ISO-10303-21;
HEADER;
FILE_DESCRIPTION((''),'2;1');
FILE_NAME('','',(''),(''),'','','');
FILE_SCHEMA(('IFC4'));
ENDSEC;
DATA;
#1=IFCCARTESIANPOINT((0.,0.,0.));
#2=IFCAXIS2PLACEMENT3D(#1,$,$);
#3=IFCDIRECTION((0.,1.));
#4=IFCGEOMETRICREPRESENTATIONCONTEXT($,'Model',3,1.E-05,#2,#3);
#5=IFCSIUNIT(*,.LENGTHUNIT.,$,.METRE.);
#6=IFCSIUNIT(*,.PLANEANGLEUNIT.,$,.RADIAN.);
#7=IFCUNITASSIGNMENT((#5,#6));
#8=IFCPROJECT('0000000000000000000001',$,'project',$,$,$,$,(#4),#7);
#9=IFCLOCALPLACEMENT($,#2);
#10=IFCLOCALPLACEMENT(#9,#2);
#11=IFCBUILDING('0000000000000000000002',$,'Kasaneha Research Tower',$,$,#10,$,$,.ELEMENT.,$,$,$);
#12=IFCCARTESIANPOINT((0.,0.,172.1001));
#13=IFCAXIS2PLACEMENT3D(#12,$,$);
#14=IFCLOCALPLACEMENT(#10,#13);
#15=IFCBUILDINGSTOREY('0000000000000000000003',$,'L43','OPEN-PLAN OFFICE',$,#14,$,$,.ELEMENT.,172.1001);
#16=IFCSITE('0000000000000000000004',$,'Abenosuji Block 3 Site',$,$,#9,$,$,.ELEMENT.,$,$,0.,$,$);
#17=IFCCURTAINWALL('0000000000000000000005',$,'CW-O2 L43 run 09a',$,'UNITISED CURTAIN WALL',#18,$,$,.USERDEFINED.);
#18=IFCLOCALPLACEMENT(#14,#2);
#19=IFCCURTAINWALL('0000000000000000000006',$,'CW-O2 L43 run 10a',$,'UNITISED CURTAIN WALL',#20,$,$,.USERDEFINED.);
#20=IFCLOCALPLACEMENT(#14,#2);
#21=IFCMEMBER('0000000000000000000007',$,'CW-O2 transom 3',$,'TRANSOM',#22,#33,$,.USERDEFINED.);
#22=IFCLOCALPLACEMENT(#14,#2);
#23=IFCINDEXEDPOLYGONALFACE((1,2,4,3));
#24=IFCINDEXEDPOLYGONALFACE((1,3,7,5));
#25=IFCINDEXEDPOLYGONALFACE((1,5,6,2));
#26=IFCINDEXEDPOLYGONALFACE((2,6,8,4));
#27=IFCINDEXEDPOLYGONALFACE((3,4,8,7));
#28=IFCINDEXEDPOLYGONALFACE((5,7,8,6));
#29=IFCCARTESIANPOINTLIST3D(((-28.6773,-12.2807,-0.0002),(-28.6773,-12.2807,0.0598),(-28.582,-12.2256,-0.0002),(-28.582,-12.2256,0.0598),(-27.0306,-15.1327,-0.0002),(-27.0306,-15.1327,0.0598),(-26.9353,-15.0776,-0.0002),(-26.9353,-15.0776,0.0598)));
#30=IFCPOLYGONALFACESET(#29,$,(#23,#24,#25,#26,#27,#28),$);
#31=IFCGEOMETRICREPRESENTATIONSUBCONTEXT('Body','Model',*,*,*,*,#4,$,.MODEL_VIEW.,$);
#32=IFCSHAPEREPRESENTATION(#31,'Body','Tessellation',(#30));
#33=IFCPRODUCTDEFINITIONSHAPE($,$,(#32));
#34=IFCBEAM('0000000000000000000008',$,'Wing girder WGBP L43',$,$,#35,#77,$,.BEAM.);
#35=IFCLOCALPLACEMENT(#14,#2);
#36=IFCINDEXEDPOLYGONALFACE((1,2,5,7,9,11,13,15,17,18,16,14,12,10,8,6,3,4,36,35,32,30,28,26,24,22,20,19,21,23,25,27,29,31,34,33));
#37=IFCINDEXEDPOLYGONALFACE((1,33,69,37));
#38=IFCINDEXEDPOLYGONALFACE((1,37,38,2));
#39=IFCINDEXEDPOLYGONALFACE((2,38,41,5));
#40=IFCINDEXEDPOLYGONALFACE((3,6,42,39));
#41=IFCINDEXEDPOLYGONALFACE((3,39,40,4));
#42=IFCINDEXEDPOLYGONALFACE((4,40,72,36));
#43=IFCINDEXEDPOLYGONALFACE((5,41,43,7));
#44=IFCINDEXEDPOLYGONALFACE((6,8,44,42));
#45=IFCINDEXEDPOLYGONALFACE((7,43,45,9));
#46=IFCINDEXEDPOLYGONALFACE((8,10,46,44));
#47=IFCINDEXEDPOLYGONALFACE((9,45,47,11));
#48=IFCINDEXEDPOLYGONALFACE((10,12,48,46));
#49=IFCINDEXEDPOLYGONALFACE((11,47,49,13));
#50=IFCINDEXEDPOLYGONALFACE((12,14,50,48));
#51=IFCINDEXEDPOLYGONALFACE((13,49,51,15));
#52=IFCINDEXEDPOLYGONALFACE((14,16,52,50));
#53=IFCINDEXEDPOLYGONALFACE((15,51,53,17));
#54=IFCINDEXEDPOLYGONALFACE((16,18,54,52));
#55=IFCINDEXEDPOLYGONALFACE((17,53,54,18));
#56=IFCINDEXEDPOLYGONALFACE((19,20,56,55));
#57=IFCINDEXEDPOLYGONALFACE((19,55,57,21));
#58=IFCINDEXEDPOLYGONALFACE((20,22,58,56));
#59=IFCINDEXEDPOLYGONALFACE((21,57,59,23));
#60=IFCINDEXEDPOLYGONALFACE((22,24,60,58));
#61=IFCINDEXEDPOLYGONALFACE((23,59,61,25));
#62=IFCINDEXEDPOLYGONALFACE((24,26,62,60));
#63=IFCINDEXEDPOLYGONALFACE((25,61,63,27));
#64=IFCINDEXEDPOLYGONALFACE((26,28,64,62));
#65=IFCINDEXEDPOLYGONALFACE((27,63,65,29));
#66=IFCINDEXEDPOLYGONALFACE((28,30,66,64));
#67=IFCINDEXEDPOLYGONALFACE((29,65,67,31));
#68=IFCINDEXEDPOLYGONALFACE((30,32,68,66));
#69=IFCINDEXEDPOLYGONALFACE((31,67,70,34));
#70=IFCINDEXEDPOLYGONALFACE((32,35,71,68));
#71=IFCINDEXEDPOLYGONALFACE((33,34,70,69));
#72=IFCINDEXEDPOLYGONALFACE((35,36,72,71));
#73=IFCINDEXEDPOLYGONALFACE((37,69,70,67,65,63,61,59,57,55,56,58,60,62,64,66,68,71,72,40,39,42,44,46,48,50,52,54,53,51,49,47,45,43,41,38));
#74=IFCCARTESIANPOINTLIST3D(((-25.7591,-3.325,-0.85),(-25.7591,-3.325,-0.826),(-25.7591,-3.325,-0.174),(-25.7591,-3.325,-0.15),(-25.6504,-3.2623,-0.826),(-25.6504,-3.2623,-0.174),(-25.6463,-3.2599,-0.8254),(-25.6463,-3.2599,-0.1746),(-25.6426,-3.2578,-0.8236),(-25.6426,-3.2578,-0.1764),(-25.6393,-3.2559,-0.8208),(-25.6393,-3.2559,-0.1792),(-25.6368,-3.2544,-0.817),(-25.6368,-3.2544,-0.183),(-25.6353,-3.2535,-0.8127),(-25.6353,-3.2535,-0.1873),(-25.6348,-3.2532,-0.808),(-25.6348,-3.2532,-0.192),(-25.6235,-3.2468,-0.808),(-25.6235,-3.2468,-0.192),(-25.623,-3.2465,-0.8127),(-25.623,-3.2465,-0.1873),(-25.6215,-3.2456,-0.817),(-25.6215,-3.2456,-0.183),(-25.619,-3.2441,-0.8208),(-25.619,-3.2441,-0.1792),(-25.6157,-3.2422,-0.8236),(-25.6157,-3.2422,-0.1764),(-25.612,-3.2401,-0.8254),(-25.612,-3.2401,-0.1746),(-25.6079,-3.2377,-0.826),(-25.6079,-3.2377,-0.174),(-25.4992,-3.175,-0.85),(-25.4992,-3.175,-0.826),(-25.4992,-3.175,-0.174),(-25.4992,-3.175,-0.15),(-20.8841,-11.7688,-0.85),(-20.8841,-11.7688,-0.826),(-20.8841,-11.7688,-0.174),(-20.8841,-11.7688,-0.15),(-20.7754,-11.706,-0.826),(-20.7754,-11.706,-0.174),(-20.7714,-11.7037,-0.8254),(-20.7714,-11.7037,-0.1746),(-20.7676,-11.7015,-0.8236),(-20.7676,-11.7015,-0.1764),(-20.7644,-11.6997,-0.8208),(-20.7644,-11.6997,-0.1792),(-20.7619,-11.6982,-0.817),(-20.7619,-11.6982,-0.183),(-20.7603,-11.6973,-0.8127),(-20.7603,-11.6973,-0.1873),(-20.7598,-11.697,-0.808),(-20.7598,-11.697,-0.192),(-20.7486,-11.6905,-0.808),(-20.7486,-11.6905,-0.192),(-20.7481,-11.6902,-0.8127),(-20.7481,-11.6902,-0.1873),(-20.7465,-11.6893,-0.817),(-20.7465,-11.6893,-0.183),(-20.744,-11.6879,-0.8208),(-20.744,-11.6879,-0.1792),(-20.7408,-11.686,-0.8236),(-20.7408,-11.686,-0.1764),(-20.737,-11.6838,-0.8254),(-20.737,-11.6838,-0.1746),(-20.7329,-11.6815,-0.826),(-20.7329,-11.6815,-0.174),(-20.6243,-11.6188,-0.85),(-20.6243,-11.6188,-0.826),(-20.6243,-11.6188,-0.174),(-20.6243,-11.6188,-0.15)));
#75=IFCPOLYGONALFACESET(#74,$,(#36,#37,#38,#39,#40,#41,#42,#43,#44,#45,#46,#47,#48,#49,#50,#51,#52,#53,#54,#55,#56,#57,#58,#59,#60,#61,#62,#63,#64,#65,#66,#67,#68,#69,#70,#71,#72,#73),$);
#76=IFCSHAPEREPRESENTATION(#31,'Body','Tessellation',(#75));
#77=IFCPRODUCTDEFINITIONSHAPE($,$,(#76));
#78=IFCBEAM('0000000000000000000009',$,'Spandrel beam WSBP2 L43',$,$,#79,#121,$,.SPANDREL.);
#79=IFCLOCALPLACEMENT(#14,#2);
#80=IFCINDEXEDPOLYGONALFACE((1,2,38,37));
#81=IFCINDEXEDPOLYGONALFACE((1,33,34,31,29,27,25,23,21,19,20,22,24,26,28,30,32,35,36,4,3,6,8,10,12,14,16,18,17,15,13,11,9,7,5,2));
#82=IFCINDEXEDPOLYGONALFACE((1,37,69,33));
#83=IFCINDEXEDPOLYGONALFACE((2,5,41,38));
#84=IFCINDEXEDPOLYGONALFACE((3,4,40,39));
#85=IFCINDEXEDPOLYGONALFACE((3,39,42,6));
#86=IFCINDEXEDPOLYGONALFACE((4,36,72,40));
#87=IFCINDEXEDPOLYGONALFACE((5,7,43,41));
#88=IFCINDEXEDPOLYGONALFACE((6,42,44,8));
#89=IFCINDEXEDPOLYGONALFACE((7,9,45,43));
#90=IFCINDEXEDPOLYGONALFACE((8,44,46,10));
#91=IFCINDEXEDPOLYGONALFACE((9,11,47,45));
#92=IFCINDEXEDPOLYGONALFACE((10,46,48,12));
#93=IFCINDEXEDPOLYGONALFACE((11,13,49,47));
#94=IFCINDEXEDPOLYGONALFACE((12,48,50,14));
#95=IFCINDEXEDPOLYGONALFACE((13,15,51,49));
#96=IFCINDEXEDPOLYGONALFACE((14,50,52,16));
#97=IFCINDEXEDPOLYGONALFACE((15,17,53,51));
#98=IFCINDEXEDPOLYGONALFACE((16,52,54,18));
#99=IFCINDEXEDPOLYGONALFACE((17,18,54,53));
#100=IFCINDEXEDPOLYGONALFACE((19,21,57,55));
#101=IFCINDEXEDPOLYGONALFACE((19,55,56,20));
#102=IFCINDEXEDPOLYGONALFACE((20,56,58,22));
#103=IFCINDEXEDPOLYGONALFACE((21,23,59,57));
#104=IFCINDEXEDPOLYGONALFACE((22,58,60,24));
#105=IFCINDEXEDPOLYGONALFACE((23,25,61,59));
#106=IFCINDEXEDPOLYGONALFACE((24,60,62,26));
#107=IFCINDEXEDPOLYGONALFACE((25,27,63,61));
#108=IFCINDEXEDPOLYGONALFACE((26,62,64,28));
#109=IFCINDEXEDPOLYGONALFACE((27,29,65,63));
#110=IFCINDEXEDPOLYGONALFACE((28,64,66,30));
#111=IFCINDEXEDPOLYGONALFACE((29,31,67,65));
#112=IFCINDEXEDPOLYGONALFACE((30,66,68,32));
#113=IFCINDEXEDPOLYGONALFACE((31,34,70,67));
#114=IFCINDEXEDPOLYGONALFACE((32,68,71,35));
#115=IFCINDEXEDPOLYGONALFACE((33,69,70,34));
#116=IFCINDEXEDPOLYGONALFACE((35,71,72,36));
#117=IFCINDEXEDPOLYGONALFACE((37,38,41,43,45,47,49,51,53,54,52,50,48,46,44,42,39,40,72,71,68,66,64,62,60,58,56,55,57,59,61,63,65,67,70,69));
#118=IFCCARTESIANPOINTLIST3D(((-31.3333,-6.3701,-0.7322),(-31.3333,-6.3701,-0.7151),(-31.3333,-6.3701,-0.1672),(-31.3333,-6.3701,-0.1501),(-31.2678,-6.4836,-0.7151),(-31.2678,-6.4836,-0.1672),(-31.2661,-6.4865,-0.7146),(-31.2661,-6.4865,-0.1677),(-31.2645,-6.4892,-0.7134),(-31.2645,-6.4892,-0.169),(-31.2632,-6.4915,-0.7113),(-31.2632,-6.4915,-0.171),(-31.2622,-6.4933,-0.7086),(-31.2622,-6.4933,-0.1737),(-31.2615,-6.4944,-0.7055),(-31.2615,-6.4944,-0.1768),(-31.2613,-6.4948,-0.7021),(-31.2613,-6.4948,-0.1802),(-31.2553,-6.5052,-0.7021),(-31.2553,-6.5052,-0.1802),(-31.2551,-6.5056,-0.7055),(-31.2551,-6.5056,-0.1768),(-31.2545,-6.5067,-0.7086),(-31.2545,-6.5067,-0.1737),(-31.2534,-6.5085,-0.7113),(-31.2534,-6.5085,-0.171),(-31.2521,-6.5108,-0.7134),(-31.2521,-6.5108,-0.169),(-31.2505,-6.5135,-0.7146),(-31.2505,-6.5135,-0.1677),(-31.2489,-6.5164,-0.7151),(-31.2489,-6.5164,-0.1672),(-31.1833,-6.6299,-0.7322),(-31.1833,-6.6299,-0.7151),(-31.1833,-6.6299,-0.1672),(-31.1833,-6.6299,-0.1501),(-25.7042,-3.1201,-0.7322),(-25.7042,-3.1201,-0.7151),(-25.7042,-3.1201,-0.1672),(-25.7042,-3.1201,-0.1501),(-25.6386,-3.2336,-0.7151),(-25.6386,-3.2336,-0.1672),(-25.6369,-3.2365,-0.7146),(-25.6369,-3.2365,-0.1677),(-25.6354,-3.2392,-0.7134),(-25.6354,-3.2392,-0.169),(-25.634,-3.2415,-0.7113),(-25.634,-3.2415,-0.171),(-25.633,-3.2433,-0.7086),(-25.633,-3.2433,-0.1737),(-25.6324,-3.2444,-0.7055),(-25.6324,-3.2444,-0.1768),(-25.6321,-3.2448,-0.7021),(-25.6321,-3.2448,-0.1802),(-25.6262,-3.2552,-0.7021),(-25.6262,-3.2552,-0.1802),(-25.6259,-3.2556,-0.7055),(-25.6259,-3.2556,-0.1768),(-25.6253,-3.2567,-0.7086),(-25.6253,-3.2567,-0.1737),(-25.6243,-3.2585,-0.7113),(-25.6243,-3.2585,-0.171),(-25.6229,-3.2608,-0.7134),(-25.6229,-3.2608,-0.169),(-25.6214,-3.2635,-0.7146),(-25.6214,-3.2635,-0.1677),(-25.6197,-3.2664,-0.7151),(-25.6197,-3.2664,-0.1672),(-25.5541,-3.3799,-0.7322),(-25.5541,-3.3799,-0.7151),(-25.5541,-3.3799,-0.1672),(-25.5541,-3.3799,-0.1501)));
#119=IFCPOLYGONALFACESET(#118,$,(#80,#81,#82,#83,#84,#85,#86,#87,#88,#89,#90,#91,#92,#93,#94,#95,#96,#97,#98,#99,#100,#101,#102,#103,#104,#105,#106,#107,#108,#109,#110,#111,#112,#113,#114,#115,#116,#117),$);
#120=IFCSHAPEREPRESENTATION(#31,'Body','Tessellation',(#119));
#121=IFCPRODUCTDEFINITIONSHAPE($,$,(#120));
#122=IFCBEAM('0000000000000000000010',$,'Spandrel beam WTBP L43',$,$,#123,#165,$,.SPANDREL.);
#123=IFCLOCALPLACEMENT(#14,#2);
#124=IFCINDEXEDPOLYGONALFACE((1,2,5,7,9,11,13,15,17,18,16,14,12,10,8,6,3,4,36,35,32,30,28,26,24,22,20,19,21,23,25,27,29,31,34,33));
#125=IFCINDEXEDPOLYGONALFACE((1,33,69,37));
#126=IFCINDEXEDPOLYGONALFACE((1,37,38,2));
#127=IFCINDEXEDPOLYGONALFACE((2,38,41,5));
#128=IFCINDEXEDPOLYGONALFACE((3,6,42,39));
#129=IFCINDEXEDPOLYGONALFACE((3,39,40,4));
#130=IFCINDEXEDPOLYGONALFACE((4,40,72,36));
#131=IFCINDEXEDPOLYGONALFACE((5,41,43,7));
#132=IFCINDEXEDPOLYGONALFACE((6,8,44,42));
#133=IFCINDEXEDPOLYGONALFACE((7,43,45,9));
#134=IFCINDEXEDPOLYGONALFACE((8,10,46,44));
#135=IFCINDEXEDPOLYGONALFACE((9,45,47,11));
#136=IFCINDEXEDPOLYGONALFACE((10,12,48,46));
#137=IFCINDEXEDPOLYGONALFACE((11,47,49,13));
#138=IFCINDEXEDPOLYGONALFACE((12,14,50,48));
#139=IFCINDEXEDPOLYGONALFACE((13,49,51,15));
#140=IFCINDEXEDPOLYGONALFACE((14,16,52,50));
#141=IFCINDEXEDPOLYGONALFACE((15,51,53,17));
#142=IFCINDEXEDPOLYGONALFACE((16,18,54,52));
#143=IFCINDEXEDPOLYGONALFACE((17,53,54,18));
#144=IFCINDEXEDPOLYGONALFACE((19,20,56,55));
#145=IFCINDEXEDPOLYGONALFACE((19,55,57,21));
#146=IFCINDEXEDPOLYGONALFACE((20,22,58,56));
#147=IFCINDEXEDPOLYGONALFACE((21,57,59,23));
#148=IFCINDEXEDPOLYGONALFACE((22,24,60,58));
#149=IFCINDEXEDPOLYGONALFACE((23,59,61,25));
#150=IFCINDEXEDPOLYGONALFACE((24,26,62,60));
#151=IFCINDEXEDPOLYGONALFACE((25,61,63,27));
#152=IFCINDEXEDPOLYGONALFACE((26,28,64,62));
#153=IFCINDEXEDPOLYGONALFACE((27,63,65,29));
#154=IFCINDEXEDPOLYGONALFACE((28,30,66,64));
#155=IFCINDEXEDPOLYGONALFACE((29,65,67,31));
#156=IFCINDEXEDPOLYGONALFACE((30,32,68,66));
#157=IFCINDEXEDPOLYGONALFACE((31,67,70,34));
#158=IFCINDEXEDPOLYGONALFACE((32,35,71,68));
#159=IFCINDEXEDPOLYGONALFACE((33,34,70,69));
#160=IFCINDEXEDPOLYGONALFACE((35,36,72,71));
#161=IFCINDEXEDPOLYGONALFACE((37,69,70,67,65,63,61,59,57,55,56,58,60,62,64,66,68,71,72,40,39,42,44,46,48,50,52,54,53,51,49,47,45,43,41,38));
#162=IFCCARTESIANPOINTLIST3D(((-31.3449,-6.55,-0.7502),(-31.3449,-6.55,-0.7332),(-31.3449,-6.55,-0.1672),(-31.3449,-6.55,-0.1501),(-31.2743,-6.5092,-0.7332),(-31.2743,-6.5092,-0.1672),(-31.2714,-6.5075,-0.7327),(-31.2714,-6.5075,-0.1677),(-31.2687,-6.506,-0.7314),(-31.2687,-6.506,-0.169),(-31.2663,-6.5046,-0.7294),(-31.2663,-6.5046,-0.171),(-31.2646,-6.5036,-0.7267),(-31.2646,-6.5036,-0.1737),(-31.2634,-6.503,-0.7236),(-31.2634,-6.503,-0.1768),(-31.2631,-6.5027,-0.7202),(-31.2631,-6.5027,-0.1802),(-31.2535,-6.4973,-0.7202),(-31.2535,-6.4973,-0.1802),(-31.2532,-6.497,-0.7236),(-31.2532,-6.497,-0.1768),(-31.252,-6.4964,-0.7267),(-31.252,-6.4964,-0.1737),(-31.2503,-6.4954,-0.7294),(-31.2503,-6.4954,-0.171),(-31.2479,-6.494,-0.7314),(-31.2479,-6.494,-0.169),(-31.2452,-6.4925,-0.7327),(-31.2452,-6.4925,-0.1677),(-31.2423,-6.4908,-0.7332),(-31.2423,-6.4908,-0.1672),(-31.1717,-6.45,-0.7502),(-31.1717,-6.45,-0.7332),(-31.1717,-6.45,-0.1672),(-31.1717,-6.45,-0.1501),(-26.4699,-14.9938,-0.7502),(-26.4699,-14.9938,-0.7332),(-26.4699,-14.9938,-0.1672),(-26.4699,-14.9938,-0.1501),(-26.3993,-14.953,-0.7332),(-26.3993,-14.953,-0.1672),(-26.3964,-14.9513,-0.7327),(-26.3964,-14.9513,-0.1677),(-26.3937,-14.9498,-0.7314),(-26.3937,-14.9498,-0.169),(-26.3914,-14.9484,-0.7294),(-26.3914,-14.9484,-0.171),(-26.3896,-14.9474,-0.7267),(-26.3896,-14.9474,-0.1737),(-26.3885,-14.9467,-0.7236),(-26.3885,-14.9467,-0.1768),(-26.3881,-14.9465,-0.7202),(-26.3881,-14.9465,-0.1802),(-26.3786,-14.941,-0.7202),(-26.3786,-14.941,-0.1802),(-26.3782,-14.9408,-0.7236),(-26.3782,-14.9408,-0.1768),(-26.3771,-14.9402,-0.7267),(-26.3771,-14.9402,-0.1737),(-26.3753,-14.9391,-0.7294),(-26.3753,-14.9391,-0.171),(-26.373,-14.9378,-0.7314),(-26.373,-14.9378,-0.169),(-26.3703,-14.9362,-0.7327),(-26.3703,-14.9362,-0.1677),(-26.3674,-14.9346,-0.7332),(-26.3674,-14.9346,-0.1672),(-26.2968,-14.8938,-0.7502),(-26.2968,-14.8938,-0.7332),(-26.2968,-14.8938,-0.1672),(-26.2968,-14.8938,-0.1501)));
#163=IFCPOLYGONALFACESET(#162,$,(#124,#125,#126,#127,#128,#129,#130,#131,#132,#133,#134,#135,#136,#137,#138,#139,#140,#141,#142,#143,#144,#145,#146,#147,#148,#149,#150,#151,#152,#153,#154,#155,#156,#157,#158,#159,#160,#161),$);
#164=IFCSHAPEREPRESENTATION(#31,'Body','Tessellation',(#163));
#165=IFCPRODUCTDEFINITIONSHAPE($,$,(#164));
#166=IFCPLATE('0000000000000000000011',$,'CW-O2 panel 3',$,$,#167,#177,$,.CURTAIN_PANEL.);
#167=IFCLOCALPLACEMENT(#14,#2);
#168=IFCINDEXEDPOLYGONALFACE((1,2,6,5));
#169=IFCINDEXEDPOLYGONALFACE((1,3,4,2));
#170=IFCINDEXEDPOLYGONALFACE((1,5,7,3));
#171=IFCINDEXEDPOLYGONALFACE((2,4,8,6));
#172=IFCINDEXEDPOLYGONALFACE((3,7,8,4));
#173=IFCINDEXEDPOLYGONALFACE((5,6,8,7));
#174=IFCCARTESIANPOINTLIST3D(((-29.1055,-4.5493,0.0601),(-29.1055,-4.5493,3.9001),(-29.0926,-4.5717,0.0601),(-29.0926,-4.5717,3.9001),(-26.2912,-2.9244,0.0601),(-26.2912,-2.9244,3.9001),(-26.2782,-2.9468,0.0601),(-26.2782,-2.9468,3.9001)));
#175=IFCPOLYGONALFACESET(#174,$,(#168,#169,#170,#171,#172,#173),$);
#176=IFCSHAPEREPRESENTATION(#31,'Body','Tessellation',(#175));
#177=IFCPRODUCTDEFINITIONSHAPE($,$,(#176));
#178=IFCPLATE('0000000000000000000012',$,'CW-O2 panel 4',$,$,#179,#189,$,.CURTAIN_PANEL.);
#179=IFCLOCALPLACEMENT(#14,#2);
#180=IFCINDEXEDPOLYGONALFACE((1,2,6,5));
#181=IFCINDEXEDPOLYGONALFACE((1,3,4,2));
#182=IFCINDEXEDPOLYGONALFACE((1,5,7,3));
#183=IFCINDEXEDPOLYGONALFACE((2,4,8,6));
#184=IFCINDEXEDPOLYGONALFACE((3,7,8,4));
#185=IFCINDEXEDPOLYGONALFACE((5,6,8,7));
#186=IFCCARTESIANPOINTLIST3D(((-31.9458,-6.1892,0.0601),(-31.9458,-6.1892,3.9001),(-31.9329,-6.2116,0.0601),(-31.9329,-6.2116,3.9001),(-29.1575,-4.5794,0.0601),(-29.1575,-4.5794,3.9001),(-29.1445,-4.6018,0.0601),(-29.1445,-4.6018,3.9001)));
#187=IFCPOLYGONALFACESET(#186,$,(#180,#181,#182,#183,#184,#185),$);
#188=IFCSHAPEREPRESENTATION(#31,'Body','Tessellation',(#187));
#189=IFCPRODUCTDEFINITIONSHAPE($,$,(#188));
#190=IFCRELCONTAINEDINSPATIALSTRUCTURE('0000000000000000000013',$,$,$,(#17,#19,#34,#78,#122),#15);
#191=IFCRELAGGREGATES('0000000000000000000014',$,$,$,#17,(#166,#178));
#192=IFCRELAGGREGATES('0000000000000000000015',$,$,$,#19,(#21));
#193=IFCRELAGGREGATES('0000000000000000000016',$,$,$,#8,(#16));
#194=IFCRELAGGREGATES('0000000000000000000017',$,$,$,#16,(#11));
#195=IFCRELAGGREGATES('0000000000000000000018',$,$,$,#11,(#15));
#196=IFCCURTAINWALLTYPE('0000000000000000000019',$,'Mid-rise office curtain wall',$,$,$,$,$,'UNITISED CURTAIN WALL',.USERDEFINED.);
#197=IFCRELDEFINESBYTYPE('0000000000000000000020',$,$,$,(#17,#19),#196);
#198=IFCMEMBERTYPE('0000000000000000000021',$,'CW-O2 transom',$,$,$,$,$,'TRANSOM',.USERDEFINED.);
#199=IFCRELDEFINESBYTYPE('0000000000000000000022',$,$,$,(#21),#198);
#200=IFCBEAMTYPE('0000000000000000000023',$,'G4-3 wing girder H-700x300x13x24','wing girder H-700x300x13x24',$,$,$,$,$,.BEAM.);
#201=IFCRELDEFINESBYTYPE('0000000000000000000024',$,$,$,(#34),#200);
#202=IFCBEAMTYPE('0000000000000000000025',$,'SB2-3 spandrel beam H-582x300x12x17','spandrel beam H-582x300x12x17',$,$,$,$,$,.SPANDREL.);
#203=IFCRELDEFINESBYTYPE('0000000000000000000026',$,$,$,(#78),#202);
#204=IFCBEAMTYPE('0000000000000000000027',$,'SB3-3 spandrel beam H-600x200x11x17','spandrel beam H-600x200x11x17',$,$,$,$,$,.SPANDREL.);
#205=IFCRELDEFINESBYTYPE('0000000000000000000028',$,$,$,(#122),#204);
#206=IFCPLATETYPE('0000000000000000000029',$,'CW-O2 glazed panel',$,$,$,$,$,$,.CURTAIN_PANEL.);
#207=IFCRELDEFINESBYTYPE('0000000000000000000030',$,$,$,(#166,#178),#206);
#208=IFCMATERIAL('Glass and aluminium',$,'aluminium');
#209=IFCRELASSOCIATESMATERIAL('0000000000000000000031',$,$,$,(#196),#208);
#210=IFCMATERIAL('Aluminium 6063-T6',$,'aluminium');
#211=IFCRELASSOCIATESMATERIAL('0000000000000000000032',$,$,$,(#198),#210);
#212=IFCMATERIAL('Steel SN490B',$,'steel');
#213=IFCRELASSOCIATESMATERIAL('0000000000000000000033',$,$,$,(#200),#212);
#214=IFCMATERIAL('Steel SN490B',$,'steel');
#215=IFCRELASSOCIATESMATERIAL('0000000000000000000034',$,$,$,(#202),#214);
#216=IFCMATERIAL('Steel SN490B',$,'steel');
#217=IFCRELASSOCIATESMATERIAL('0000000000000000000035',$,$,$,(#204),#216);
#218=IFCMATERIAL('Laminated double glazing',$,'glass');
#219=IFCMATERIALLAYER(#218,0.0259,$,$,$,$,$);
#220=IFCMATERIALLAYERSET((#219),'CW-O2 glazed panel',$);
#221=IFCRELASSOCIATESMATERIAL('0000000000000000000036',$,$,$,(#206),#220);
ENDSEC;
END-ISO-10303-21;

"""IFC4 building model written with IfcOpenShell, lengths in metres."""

from ifc_helpers import new_model, si_unit, direction, frame, origin, origin_2d, place, context, subcontext, project, spatial, rectangle, i_section, extrude, material, layer, layer_set, material_profile, profile_set, type_object, element, aggregate, save


model = new_model("IFC4")

# Units and contexts
model_context = context("Model", 3, precision=1e-05, world=origin(), true_north=direction((0.0, 1.0)))
body_context = subcontext(model_context, "Body", "Model", "MODEL_VIEW")
ifc_project = project(units=[si_unit("LENGTHUNIT", "METRE"), si_unit("PLANEANGLEUNIT", "RADIAN")], contexts=[model_context])

# Site, building, storey
site_placement = place(None, origin())
site = spatial("IfcSite", under=ifc_project, at=site_placement, Name="Abenosuji Block 3 Site", CompositionType="ELEMENT", RefElevation=0.0)
building_placement = place(site_placement, origin())
building = spatial("IfcBuilding", under=site, at=building_placement, Name="Kasaneha Research Tower", CompositionType="ELEMENT")
storey_placement = place(building_placement, frame((0.0, 0.0, 172.1001)))
storey = spatial("IfcBuildingStorey", under=building, at=storey_placement, Name="L43", Description="OPEN-PLAN OFFICE", CompositionType="ELEMENT", Elevation=172.1001)

# Curtain walls
ifc_material_1 = material(Name="Glass and aluminium", Category="aluminium")
curtain_wall_type = type_object("IfcCurtainWallType", Name="Mid-rise office curtain wall", ElementType="UNITISED CURTAIN WALL", PredefinedType="USERDEFINED", material=ifc_material_1)
curtain_wall_1_placement = place(storey_placement, origin())
curtain_wall_1 = element("IfcCurtainWall", 1, at=curtain_wall_1_placement, inside=storey, type_object=curtain_wall_type, Name="CW-O2 L43 run 09a", ObjectType="UNITISED CURTAIN WALL", PredefinedType="USERDEFINED")
curtain_wall_2_placement = place(storey_placement, origin())
curtain_wall_2 = element("IfcCurtainWall", 2, at=curtain_wall_2_placement, inside=storey, type_object=curtain_wall_type, Name="CW-O2 L43 run 10a", ObjectType="UNITISED CURTAIN WALL", PredefinedType="USERDEFINED")

# Member
ifc_material_2 = material(Name="Aluminium 6063-T6", Category="aluminium")
ifc_material_profile_1 = material_profile(ifc_material_2, rectangle(XDim=0.1101, YDim=0.0601, at=origin_2d()), Name="CW-O2 transom 110x60")
ifc_profile_set_1 = profile_set([ifc_material_profile_1], Name="Aluminium 6063-T6")
member_type_1 = type_object("IfcMemberType", Name="CW-O2 transom", ElementType="TRANSOM", PredefinedType="USERDEFINED", material=ifc_profile_set_1)
member_1_placement = place(storey_placement, frame((-28.6296, -12.2532, 0.0298), z_axis=(0.500022, -0.866013, 0.0), x_axis=(0.866013, 0.500022, 0.0)))
member_1 = element("IfcMember", 3, at=member_1_placement, type_object=member_type_1, Name="CW-O2 transom 3", ObjectType="TRANSOM", PredefinedType="USERDEFINED", context=body_context, shape_type="SweptSolid", body=[
    extrude(rectangle(XDim=0.1101, YDim=0.0601, at=origin_2d()), origin(), (0.0, 0.0, 1.0), 3.2932),
])

# Beams
ifc_material_3 = material(Name="Steel SN490B", Category="steel")
ifc_material_profile_2 = material_profile(ifc_material_3, i_section(OverallWidth=0.3, OverallDepth=0.7, WebThickness=0.0129, FlangeThickness=0.0239, FilletRadius=0.0181, at=origin_2d()), Name="H-700x300x13x24")
ifc_profile_set_2 = profile_set([ifc_material_profile_2], Name="Steel SN490B")
beam_type_1 = type_object("IfcBeamType", Name="G4-3 wing girder H-700x300x13x24", Description="wing girder H-700x300x13x24", PredefinedType="BEAM", material=ifc_profile_set_2)
beam_1_placement = place(storey_placement, frame((-25.6292, -3.25, -0.5), z_axis=(0.499996, -0.866028, 0.0), x_axis=(0.866028, 0.499996, 0.0)))
element("IfcBeam", 4, at=beam_1_placement, inside=storey, type_object=beam_type_1, Name="Wing girder WGBP L43", PredefinedType="BEAM", context=body_context, shape_type="SweptSolid", body=[
    extrude(i_section(OverallWidth=0.3, OverallDepth=0.7, WebThickness=0.0129, FlangeThickness=0.0239, FilletRadius=0.0181, at=origin_2d()), origin(), (0.0, 0.0, 1.0), 9.75),
])
ifc_material_4 = material(Name="Steel SN490B", Category="steel")
ifc_material_profile_3 = material_profile(ifc_material_4, i_section(OverallWidth=0.3, OverallDepth=0.582, WebThickness=0.012, FlangeThickness=0.0171, FilletRadius=0.0129, at=origin_2d()), Name="H-582x300x12x17")
ifc_profile_set_3 = profile_set([ifc_material_profile_3], Name="Steel SN490B")
beam_type_2 = type_object("IfcBeamType", Name="SB2-3 spandrel beam H-582x300x12x17", Description="spandrel beam H-582x300x12x17", PredefinedType="SPANDREL", material=ifc_profile_set_3)
beam_2_placement = place(storey_placement, frame((-25.6292, -3.25, -0.4412), z_axis=(-0.866025, -0.500001, 0.0), x_axis=(0.500001, -0.866025, 0.0)))
element("IfcBeam", 5, at=beam_2_placement, inside=storey, type_object=beam_type_2, Name="Spandrel beam WSBP2 L43", PredefinedType="SPANDREL", context=body_context, shape_type="SweptSolid", body=[
    extrude(i_section(OverallWidth=0.3, OverallDepth=0.582, WebThickness=0.012, FlangeThickness=0.0171, FilletRadius=0.0129, at=origin_2d()), origin(), (0.0, 0.0, 1.0), 6.5),
])
ifc_material_5 = material(Name="Steel SN490B", Category="steel")
ifc_material_profile_4 = material_profile(ifc_material_5, i_section(OverallWidth=0.2, OverallDepth=0.6001, WebThickness=0.011, FlangeThickness=0.0171, FilletRadius=0.0129, at=origin_2d()), Name="H-600x200x11x17")
ifc_profile_set_4 = profile_set([ifc_material_profile_4], Name="Steel SN490B")
beam_type_3 = type_object("IfcBeamType", Name="SB3-3 spandrel beam H-600x200x11x17", Description="spandrel beam H-600x200x11x17", PredefinedType="SPANDREL", material=ifc_profile_set_4)
beam_3_placement = place(storey_placement, frame((-31.2583, -6.5, -0.4502), z_axis=(0.499996, -0.866028, 0.0), x_axis=(0.866028, 0.499996, 0.0)))
element("IfcBeam", 6, at=beam_3_placement, inside=storey, type_object=beam_type_3, Name="Spandrel beam WTBP L43", PredefinedType="SPANDREL", context=body_context, shape_type="SweptSolid", body=[
    extrude(i_section(OverallWidth=0.2, OverallDepth=0.6001, WebThickness=0.011, FlangeThickness=0.0171, FilletRadius=0.0129, at=origin_2d()), origin(), (0.0, 0.0, 1.0), 9.75),
])

# Plates
ifc_material_6 = material(Name="Laminated double glazing", Category="glass")
ifc_layer_1 = layer(ifc_material_6, 0.0259)
ifc_layer_set_1 = layer_set([ifc_layer_1], Name="CW-O2 glazed panel")
plate_type = type_object("IfcPlateType", Name="CW-O2 glazed panel", PredefinedType="CURTAIN_PANEL", material=ifc_layer_set_1)
plate_1_placement = place(storey_placement, frame((-27.6919, -3.748, 0.0601), z_axis=(0.0, 0.0, 1.0), x_axis=(-0.866025, -0.5, 0.0)))
plate_1 = element("IfcPlate", 7, at=plate_1_placement, type_object=plate_type, Name="CW-O2 panel 3", PredefinedType="CURTAIN_PANEL", context=body_context, shape_type="SweptSolid", body=[
    extrude(rectangle(XDim=3.2498, YDim=0.0259, at=origin_2d()), origin(), (0.0, 0.0, 1.0), 3.8401),
])
plate_2_placement = place(storey_placement, frame((-30.5452, -5.3955, 0.0601), z_axis=(0.0, 0.0, 1.0), x_axis=(-0.866025, -0.5, 0.0)))
plate_2 = element("IfcPlate", 8, at=plate_2_placement, type_object=plate_type, Name="CW-O2 panel 4", PredefinedType="CURTAIN_PANEL", context=body_context, shape_type="SweptSolid", body=[
    extrude(rectangle(XDim=3.2197, YDim=0.0259, at=origin_2d()), origin(), (0.0, 0.0, 1.0), 3.8401),
])
aggregate(curtain_wall_1, [plate_1, plate_2])
aggregate(curtain_wall_2, [member_1])

save(model, "model.ifc")
